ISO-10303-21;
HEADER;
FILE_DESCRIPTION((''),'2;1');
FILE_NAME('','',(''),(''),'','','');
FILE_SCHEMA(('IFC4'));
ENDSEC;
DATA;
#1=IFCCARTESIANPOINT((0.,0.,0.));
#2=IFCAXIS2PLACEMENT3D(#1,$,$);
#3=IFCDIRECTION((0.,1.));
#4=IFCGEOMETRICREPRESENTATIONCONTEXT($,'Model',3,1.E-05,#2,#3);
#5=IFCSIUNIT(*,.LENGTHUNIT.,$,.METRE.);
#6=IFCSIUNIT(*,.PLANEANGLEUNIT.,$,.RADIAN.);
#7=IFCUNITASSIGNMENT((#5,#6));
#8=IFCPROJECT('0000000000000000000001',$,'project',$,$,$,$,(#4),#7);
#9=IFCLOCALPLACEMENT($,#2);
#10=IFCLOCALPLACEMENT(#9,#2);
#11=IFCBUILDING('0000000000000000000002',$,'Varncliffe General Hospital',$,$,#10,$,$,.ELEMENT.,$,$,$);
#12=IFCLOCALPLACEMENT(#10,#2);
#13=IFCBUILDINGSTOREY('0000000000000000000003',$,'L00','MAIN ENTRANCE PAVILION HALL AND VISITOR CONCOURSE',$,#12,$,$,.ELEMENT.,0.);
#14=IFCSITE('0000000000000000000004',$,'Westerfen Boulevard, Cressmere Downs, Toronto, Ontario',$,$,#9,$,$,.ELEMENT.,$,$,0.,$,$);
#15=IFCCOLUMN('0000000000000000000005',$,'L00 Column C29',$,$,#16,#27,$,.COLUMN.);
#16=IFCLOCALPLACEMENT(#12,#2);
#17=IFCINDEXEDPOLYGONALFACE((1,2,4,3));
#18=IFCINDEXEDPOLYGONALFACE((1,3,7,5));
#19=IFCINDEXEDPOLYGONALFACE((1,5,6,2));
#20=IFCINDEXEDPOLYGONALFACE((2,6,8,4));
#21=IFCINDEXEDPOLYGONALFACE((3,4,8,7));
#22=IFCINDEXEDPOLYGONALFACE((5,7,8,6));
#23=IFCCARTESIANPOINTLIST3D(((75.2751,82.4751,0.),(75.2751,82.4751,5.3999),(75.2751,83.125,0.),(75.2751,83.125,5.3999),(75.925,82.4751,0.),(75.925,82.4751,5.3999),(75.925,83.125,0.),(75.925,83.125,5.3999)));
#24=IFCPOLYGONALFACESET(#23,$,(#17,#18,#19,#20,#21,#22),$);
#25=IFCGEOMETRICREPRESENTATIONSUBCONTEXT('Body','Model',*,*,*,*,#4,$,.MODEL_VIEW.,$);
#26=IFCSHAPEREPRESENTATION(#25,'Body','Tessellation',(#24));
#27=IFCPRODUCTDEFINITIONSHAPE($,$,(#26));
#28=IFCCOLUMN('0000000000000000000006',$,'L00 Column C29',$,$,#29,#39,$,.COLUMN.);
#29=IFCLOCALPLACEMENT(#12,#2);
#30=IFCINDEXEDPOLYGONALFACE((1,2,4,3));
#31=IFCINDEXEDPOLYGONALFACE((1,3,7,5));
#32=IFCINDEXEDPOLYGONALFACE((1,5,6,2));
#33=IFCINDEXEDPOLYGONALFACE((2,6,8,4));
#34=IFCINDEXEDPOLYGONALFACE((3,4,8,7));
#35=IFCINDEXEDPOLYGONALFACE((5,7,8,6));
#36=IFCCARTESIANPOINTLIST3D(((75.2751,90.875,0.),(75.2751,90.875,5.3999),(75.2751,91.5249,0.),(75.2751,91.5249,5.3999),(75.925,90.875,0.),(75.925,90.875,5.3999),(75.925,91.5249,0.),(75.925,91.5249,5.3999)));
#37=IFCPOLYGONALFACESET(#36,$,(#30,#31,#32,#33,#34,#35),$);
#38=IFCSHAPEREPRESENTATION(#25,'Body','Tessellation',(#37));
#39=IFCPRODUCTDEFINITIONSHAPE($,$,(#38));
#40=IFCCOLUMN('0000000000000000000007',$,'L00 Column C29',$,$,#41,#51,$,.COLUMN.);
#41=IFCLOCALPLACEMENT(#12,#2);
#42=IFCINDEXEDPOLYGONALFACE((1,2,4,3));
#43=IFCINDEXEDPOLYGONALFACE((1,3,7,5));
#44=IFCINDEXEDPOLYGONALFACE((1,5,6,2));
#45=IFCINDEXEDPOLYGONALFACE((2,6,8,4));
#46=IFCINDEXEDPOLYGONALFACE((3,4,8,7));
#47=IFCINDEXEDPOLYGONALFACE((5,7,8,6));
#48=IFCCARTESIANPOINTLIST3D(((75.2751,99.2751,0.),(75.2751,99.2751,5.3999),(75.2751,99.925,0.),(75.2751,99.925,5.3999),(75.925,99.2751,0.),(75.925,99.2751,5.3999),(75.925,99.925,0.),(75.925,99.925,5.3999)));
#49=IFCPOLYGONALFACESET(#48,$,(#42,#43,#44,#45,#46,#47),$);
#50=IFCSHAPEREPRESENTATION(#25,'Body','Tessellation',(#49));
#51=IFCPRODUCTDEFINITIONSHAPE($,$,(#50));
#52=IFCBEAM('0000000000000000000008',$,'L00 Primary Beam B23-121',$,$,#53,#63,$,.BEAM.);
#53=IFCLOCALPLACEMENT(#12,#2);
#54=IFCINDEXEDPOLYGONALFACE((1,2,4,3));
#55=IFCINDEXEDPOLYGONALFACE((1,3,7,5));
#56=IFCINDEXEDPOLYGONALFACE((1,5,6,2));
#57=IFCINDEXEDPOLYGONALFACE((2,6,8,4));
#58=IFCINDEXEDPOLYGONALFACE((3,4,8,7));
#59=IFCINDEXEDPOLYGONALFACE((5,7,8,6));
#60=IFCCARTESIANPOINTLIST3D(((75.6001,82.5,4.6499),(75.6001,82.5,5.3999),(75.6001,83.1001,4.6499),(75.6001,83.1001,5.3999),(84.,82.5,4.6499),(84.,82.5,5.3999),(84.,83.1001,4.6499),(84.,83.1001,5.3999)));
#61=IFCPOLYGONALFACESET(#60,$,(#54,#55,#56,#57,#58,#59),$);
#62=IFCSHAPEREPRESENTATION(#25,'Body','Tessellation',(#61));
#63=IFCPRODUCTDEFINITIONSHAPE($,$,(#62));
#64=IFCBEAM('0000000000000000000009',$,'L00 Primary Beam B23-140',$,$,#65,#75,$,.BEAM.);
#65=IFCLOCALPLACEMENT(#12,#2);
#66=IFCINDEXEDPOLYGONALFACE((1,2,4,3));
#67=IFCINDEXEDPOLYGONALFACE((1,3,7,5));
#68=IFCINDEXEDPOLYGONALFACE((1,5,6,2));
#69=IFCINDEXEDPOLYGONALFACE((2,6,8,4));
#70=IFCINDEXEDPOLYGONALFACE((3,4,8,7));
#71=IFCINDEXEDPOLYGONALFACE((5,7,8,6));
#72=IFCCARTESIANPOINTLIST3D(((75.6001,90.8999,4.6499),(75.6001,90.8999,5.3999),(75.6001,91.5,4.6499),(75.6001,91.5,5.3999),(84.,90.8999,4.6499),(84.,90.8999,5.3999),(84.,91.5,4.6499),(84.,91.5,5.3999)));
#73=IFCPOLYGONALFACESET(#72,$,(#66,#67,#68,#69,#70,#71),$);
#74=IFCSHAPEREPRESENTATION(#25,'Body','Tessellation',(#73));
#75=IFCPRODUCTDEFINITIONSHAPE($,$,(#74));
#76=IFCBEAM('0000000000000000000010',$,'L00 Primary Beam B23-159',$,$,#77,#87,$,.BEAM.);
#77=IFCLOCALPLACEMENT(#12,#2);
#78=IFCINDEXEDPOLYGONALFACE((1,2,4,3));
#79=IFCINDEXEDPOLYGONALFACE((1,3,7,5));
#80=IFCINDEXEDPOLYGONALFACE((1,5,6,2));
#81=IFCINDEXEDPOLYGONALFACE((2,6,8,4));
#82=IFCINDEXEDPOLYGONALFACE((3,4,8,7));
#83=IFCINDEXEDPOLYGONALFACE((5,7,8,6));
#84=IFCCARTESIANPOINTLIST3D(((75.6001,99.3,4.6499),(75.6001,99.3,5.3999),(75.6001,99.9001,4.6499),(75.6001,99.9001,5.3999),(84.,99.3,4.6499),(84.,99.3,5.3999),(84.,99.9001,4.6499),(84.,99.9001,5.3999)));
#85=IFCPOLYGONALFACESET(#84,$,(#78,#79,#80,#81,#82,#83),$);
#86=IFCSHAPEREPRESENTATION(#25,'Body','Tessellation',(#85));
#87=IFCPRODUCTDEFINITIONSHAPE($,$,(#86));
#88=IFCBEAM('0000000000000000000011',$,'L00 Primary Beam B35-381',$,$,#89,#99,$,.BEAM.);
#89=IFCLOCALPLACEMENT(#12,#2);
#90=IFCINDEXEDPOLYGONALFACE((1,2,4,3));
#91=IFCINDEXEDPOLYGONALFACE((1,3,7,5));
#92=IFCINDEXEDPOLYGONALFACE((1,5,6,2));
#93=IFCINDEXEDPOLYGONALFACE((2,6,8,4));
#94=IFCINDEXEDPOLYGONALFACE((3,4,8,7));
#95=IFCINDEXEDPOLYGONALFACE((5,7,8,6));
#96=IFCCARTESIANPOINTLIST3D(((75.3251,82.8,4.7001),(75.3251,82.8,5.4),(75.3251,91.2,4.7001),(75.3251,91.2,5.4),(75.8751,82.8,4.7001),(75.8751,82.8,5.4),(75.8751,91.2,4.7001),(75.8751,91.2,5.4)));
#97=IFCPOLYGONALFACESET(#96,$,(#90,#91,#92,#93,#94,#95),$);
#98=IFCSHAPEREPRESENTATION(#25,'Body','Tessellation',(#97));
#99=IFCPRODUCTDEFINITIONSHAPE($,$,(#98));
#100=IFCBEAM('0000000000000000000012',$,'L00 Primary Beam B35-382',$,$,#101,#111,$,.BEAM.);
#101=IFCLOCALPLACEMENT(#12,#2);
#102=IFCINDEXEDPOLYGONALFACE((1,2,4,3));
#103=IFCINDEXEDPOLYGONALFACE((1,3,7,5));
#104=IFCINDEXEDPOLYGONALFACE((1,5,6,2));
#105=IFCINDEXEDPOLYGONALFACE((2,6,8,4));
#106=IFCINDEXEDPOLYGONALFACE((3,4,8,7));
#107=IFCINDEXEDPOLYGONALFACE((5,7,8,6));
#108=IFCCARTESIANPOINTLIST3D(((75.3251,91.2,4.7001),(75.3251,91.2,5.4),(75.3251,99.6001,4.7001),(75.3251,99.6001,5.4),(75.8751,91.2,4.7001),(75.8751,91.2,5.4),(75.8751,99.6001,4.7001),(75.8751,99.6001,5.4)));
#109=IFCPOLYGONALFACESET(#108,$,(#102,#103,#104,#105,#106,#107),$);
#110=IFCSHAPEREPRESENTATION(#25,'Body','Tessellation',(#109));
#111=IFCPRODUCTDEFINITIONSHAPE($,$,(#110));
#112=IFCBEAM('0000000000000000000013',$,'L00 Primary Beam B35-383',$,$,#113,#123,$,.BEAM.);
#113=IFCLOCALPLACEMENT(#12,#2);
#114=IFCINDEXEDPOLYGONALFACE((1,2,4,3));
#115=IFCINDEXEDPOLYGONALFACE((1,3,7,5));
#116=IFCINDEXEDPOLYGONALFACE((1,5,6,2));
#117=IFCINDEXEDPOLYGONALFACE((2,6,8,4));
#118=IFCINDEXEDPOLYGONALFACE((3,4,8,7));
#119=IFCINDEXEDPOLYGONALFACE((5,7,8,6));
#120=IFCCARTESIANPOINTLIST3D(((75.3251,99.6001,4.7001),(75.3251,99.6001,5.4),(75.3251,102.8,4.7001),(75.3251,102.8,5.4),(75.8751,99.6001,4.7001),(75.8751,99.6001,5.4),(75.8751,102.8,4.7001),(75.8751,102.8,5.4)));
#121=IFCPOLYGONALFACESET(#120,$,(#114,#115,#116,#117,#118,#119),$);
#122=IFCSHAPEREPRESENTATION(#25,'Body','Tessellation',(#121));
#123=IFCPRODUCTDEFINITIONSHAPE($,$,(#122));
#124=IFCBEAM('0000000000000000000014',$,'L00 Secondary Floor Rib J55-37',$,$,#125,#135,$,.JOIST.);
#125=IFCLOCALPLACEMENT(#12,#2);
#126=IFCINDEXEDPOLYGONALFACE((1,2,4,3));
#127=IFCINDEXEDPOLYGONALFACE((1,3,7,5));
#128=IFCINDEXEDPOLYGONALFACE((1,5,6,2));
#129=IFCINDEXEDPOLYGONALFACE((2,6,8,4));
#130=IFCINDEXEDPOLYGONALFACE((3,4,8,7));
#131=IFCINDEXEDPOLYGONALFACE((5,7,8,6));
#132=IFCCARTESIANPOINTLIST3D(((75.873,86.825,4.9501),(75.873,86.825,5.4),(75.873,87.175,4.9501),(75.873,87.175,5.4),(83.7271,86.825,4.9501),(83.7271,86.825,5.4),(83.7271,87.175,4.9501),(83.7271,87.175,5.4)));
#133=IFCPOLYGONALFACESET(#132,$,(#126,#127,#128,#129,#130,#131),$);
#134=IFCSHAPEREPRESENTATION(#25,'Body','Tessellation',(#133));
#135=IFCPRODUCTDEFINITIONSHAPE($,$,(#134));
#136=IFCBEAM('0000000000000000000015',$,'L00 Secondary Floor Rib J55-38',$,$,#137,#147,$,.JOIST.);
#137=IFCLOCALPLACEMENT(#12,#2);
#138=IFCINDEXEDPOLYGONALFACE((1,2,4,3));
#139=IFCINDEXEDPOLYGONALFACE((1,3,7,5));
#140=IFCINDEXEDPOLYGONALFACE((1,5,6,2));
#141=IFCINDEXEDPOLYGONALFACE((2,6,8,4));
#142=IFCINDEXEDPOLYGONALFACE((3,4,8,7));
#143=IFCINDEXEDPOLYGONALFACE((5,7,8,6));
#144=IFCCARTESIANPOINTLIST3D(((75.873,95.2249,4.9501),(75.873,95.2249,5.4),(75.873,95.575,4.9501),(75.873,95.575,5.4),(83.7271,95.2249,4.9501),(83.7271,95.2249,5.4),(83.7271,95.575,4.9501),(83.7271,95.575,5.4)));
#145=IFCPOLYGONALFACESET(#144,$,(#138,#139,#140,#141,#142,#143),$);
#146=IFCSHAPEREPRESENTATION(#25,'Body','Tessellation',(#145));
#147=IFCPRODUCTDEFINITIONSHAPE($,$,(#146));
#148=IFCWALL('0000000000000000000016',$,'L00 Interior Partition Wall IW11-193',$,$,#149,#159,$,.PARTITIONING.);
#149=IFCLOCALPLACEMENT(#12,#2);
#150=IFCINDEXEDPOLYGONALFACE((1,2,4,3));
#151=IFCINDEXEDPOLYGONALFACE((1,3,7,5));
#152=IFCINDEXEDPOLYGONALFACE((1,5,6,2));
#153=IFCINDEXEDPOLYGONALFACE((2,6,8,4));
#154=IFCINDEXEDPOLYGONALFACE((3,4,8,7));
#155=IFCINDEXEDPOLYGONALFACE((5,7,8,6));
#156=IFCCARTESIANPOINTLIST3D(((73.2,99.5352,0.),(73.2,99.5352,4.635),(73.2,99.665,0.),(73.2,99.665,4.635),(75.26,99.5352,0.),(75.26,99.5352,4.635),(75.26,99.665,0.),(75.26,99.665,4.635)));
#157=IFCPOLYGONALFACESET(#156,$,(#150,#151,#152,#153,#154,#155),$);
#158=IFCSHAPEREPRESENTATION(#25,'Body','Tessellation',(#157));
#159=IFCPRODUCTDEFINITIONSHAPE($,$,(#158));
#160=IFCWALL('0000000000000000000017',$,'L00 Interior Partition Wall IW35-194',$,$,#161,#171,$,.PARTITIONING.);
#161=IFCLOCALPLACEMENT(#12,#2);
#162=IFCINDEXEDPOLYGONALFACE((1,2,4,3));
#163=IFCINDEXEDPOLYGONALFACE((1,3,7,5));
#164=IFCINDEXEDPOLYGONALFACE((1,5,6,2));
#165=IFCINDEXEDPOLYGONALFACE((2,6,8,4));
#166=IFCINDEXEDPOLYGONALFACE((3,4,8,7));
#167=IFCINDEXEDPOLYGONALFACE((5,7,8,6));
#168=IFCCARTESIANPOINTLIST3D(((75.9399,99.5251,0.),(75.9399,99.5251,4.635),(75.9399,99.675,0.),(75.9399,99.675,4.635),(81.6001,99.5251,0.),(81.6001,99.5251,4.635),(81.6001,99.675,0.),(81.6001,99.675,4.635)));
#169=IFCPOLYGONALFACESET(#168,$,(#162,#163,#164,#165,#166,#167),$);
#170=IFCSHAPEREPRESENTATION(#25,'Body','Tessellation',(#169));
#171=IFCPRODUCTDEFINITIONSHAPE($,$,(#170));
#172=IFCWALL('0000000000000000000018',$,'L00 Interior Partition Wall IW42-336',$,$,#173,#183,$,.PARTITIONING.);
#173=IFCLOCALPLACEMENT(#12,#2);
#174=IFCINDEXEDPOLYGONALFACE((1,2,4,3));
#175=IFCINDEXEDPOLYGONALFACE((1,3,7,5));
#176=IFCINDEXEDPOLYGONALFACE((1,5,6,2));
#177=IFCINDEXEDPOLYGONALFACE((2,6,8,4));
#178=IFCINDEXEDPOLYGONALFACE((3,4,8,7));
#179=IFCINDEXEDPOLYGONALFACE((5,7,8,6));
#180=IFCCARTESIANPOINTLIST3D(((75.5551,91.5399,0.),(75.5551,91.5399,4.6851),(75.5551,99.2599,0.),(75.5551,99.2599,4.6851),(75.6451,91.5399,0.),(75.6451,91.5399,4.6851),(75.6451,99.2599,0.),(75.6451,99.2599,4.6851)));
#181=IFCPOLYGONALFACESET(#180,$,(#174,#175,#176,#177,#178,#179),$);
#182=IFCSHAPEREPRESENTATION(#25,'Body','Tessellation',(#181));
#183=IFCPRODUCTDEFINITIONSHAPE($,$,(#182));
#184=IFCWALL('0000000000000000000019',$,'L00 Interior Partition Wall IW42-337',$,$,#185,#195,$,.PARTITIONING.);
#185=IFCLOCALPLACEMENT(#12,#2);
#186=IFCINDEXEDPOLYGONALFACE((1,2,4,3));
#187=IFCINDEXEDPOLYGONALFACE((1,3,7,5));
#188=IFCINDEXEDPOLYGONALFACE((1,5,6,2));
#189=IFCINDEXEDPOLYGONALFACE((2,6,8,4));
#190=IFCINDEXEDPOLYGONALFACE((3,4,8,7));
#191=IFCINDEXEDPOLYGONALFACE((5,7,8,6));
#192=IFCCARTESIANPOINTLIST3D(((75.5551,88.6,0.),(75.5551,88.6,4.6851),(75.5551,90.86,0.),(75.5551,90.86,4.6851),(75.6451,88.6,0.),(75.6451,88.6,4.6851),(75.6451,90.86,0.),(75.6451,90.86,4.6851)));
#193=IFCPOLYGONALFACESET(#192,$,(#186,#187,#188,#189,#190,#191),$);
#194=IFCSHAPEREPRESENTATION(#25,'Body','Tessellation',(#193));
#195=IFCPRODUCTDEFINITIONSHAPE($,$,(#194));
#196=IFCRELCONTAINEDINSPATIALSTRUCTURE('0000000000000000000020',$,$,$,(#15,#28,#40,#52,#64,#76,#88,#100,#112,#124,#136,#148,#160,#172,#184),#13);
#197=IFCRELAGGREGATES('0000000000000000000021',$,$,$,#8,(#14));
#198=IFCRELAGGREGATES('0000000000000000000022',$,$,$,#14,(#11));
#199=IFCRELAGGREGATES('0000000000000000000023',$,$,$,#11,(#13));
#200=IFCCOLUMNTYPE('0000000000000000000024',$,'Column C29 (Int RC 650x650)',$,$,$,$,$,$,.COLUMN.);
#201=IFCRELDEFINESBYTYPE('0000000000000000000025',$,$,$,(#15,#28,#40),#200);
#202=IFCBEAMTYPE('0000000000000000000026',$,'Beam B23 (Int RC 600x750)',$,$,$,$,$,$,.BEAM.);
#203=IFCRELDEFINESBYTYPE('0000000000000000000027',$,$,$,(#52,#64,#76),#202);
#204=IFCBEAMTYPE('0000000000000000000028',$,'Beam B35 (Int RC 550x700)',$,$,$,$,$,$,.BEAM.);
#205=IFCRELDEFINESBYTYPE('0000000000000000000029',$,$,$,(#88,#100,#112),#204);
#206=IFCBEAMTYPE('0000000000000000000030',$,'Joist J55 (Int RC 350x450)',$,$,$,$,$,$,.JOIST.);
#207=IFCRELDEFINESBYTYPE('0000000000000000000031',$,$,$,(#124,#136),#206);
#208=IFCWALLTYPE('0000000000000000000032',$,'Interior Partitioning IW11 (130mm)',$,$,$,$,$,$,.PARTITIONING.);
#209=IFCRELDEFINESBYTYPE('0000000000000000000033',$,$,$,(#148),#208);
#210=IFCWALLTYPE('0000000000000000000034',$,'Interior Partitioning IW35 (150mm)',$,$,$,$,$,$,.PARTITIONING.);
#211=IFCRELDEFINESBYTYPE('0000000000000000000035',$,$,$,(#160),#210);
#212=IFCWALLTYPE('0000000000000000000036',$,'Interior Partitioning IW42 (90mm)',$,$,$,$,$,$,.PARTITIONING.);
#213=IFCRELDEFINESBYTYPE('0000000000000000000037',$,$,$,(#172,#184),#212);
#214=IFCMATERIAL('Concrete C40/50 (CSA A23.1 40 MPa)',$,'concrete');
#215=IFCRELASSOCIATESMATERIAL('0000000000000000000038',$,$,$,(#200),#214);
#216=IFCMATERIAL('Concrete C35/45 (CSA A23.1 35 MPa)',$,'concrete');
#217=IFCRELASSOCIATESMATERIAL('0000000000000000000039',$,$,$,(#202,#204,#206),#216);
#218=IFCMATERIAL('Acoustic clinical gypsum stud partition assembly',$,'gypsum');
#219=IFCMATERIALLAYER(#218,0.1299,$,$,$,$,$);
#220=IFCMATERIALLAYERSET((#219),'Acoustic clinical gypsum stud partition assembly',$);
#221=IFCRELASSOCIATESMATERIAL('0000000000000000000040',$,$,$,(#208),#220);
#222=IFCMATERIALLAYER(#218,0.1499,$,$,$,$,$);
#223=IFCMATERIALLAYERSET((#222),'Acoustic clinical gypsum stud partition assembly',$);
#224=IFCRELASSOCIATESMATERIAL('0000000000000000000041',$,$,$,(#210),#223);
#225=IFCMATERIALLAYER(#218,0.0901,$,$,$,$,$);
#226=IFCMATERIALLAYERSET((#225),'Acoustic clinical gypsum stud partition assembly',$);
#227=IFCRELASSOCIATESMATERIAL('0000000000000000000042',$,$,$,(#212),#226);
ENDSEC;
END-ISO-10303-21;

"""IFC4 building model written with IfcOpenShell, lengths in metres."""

from ifc_helpers import new_model, si_unit, direction, frame, frame_2d, origin, origin_2d, place, context, subcontext, project, spatial, rectangle, extrude, material, layer, layer_set, material_profile, profile_set, type_object, element, save


model = new_model("IFC4")

# Units and contexts
model_context = context("Model", 3, precision=1e-05, world=origin(), true_north=direction((0.0, 1.0)))
body_context = subcontext(model_context, "Body", "Model", "MODEL_VIEW")
ifc_project = project(units=[si_unit("LENGTHUNIT", "METRE"), si_unit("PLANEANGLEUNIT", "RADIAN")], contexts=[model_context])

# Site, building, storey
site_placement = place(None, origin())
site = spatial("IfcSite", under=ifc_project, at=site_placement, Name="Westerfen Boulevard, Cressmere Downs, Toronto, Ontario", CompositionType="ELEMENT", RefElevation=0.0)
building_placement = place(site_placement, origin())
building = spatial("IfcBuilding", under=site, at=building_placement, Name="Varncliffe General Hospital", CompositionType="ELEMENT")
storey_placement = place(building_placement, origin())
storey = spatial("IfcBuildingStorey", under=building, at=storey_placement, Name="L00", Description="MAIN ENTRANCE PAVILION HALL AND VISITOR CONCOURSE", CompositionType="ELEMENT", Elevation=0.0)

# Columns
ifc_material_1 = material(Name="Concrete C40/50 (CSA A23.1 40 MPa)", Category="concrete")
ifc_material_profile_1 = material_profile(ifc_material_1, rectangle(XDim=0.6499, YDim=0.6499, at=origin_2d()), Name="RC 650x650")
ifc_profile_set_1 = profile_set([ifc_material_profile_1], Name="Concrete C40/50 (CSA A23.1 40 MPa)")
column_type = type_object("IfcColumnType", Name="Column C29 (Int RC 650x650)", PredefinedType="COLUMN", material=ifc_profile_set_1)
for number, where, z_axis, x_axis, name in (
    (1, (75.6001, 82.8, 0.0), (0.0, 0.0, 1.0), (1.0, 0.0, 0.0), "L00 Column C29"),
    (2, (75.6001, 91.2, 0.0), (0.0, 0.0, 1.0), (1.0, 0.0, 0.0), "L00 Column C29"),
    (3, (75.6001, 99.6001, 0.0), (0.0, 0.0, 1.0), (1.0, 0.0, 0.0), "L00 Column C29"),
):
    element("IfcColumn", number, at=place(storey_placement, frame(where, z_axis=z_axis, x_axis=x_axis)), inside=storey, type_object=column_type, Name=name, PredefinedType="COLUMN", context=body_context, shape_type="SweptSolid", body=[
        extrude(rectangle(XDim=0.6499, YDim=0.6499, at=origin_2d()), origin(), (0.0, 0.0, 1.0), 5.3999),
    ])

# Beams
ifc_material_2 = material(Name="Concrete C35/45 (CSA A23.1 35 MPa)", Category="concrete")
ifc_material_profile_2 = material_profile(ifc_material_2, rectangle(XDim=0.6001, YDim=0.75, at=origin_2d()), Name="RC 600x750")
ifc_profile_set_2 = profile_set([ifc_material_profile_2], Name="Concrete C35/45 (CSA A23.1 35 MPa)")
beam_type_1 = type_object("IfcBeamType", Name="Beam B23 (Int RC 600x750)", PredefinedType="BEAM", material=ifc_profile_set_2)
for number, where, z_axis, x_axis, name in (
    (4, (75.6001, 82.8, 5.0249), (1.0, 0.0, 0.0), (0.0, 1.0, 0.0), "L00 Primary Beam B23-121"),
    (5, (75.6001, 91.2, 5.0249), (1.0, 0.0, 0.0), (0.0, 1.0, 0.0), "L00 Primary Beam B23-140"),
    (6, (75.6001, 99.6001, 5.0249), (1.0, 0.0, 0.0), (0.0, 1.0, 0.0), "L00 Primary Beam B23-159"),
):
    element("IfcBeam", number, at=place(storey_placement, frame(where, z_axis=z_axis, x_axis=x_axis)), inside=storey, type_object=beam_type_1, Name=name, PredefinedType="BEAM", context=body_context, shape_type="SweptSolid", body=[
        extrude(rectangle(XDim=0.6001, YDim=0.75, at=origin_2d()), origin(), (0.0, 0.0, 1.0), 8.3999),
    ])
ifc_material_profile_3 = material_profile(ifc_material_2, rectangle(XDim=0.55, YDim=0.7, at=origin_2d()), Name="RC 550x700")
ifc_profile_set_3 = profile_set([ifc_material_profile_3], Name="Concrete C35/45 (CSA A23.1 35 MPa)")
beam_type_2 = type_object("IfcBeamType", Name="Beam B35 (Int RC 550x700)", PredefinedType="BEAM", material=ifc_profile_set_3)
beam_1_placement = place(storey_placement, frame((75.6001, 82.8, 5.05), z_axis=(0.0, 1.0, 0.0), x_axis=(-1.0, 0.0, 0.0)))
element("IfcBeam", 7, at=beam_1_placement, inside=storey, type_object=beam_type_2, Name="L00 Primary Beam B35-381", PredefinedType="BEAM", context=body_context, shape_type="SweptSolid", body=[
    extrude(rectangle(XDim=0.55, YDim=0.7, at=origin_2d()), origin(), (0.0, 0.0, 1.0), 8.3999),
])
beam_2_placement = place(storey_placement, frame((75.6001, 91.2, 5.05), z_axis=(0.0, 1.0, 0.0), x_axis=(-1.0, 0.0, 0.0)))
element("IfcBeam", 8, at=beam_2_placement, inside=storey, type_object=beam_type_2, Name="L00 Primary Beam B35-382", PredefinedType="BEAM", context=body_context, shape_type="SweptSolid", body=[
    extrude(rectangle(XDim=0.55, YDim=0.7, at=origin_2d()), origin(), (0.0, 0.0, 1.0), 8.4001),
])
beam_3_placement = place(storey_placement, frame((75.6001, 99.6001, 5.05), z_axis=(0.0, 1.0, 0.0), x_axis=(-1.0, 0.0, 0.0)))
element("IfcBeam", 9, at=beam_3_placement, inside=storey, type_object=beam_type_2, Name="L00 Primary Beam B35-383", PredefinedType="BEAM", context=body_context, shape_type="SweptSolid", body=[
    extrude(rectangle(XDim=0.55, YDim=0.7, at=origin_2d()), origin(), (0.0, 0.0, 1.0), 3.2),
])
ifc_material_profile_4 = material_profile(ifc_material_2, rectangle(XDim=0.3501, YDim=0.45, at=origin_2d()), Name="RC 350x450")
ifc_profile_set_4 = profile_set([ifc_material_profile_4], Name="Concrete C35/45 (CSA A23.1 35 MPa)")
beam_type_3 = type_object("IfcBeamType", Name="Joist J55 (Int RC 350x450)", PredefinedType="JOIST", material=ifc_profile_set_4)
for number, where, z_axis, x_axis, name in (
    (10, (75.873, 87.0, 5.175), (1.0, 0.0, 0.0), (0.0, 1.0, 0.0), "L00 Secondary Floor Rib J55-37"),
    (11, (75.873, 95.3999, 5.175), (1.0, 0.0, 0.0), (0.0, 1.0, 0.0), "L00 Secondary Floor Rib J55-38"),
):
    element("IfcBeam", number, at=place(storey_placement, frame(where, z_axis=z_axis, x_axis=x_axis)), inside=storey, type_object=beam_type_3, Name=name, PredefinedType="JOIST", context=body_context, shape_type="SweptSolid", body=[
        extrude(rectangle(XDim=0.3501, YDim=0.45, at=origin_2d()), origin(), (0.0, 0.0, 1.0), 7.854),
    ])

# Walls
ifc_material_3 = material(Name="Acoustic clinical gypsum stud partition assembly", Category="gypsum")
ifc_layer_1 = layer(ifc_material_3, 0.1299)
ifc_layer_set_1 = layer_set([ifc_layer_1], Name="Acoustic clinical gypsum stud partition assembly")
wall_type_1 = type_object("IfcWallType", Name="Interior Partitioning IW11 (130mm)", PredefinedType="PARTITIONING", material=ifc_layer_set_1)
wall_1_placement = place(storey_placement, frame((73.2, 99.6001, 0.0), z_axis=(0.0, 0.0, 1.0), x_axis=(1.0, 0.0, 0.0)))
element("IfcWall", 12, at=wall_1_placement, inside=storey, type_object=wall_type_1, Name="L00 Interior Partition Wall IW11-193", PredefinedType="PARTITIONING", context=body_context, shape_type="SweptSolid", body=[
    extrude(rectangle(XDim=2.0601, YDim=0.1299, at=frame_2d((1.03, 0.0))), origin(), (0.0, 0.0, 1.0), 4.635),
])
ifc_layer_2 = layer(ifc_material_3, 0.1499)
ifc_layer_set_2 = layer_set([ifc_layer_2], Name="Acoustic clinical gypsum stud partition assembly")
wall_type_2 = type_object("IfcWallType", Name="Interior Partitioning IW35 (150mm)", PredefinedType="PARTITIONING", material=ifc_layer_set_2)
wall_2_placement = place(storey_placement, frame((75.9399, 99.6001, 0.0), z_axis=(0.0, 0.0, 1.0), x_axis=(1.0, 0.0, 0.0)))
element("IfcWall", 13, at=wall_2_placement, inside=storey, type_object=wall_type_2, Name="L00 Interior Partition Wall IW35-194", PredefinedType="PARTITIONING", context=body_context, shape_type="SweptSolid", body=[
    extrude(rectangle(XDim=5.6602, YDim=0.1499, at=frame_2d((2.8301, 0.0))), origin(), (0.0, 0.0, 1.0), 4.635),
])
ifc_layer_3 = layer(ifc_material_3, 0.0901)
ifc_layer_set_3 = layer_set([ifc_layer_3], Name="Acoustic clinical gypsum stud partition assembly")
wall_type_3 = type_object("IfcWallType", Name="Interior Partitioning IW42 (90mm)", PredefinedType="PARTITIONING", material=ifc_layer_set_3)
wall_3_placement = place(storey_placement, frame((75.6001, 91.54, 0.0), z_axis=(0.0, 0.0, 1.0), x_axis=(0.0, 1.0, 0.0)))
element("IfcWall", 14, at=wall_3_placement, inside=storey, type_object=wall_type_3, Name="L00 Interior Partition Wall IW42-336", PredefinedType="PARTITIONING", context=body_context, shape_type="SweptSolid", body=[
    extrude(rectangle(XDim=7.72, YDim=0.0901, at=frame_2d((3.8599, 0.0))), origin(), (0.0, 0.0, 1.0), 4.6851),
])
wall_4_placement = place(storey_placement, frame((75.6001, 88.6001, 0.0), z_axis=(0.0, 0.0, 1.0), x_axis=(0.0, 1.0, 0.0)))
element("IfcWall", 15, at=wall_4_placement, inside=storey, type_object=wall_type_3, Name="L00 Interior Partition Wall IW42-337", PredefinedType="PARTITIONING", context=body_context, shape_type="SweptSolid", body=[
    extrude(rectangle(XDim=2.26, YDim=0.0901, at=frame_2d((1.1299, 0.0))), origin(), (0.0, 0.0, 1.0), 4.6851),
])

save(model, "model.ifc")
